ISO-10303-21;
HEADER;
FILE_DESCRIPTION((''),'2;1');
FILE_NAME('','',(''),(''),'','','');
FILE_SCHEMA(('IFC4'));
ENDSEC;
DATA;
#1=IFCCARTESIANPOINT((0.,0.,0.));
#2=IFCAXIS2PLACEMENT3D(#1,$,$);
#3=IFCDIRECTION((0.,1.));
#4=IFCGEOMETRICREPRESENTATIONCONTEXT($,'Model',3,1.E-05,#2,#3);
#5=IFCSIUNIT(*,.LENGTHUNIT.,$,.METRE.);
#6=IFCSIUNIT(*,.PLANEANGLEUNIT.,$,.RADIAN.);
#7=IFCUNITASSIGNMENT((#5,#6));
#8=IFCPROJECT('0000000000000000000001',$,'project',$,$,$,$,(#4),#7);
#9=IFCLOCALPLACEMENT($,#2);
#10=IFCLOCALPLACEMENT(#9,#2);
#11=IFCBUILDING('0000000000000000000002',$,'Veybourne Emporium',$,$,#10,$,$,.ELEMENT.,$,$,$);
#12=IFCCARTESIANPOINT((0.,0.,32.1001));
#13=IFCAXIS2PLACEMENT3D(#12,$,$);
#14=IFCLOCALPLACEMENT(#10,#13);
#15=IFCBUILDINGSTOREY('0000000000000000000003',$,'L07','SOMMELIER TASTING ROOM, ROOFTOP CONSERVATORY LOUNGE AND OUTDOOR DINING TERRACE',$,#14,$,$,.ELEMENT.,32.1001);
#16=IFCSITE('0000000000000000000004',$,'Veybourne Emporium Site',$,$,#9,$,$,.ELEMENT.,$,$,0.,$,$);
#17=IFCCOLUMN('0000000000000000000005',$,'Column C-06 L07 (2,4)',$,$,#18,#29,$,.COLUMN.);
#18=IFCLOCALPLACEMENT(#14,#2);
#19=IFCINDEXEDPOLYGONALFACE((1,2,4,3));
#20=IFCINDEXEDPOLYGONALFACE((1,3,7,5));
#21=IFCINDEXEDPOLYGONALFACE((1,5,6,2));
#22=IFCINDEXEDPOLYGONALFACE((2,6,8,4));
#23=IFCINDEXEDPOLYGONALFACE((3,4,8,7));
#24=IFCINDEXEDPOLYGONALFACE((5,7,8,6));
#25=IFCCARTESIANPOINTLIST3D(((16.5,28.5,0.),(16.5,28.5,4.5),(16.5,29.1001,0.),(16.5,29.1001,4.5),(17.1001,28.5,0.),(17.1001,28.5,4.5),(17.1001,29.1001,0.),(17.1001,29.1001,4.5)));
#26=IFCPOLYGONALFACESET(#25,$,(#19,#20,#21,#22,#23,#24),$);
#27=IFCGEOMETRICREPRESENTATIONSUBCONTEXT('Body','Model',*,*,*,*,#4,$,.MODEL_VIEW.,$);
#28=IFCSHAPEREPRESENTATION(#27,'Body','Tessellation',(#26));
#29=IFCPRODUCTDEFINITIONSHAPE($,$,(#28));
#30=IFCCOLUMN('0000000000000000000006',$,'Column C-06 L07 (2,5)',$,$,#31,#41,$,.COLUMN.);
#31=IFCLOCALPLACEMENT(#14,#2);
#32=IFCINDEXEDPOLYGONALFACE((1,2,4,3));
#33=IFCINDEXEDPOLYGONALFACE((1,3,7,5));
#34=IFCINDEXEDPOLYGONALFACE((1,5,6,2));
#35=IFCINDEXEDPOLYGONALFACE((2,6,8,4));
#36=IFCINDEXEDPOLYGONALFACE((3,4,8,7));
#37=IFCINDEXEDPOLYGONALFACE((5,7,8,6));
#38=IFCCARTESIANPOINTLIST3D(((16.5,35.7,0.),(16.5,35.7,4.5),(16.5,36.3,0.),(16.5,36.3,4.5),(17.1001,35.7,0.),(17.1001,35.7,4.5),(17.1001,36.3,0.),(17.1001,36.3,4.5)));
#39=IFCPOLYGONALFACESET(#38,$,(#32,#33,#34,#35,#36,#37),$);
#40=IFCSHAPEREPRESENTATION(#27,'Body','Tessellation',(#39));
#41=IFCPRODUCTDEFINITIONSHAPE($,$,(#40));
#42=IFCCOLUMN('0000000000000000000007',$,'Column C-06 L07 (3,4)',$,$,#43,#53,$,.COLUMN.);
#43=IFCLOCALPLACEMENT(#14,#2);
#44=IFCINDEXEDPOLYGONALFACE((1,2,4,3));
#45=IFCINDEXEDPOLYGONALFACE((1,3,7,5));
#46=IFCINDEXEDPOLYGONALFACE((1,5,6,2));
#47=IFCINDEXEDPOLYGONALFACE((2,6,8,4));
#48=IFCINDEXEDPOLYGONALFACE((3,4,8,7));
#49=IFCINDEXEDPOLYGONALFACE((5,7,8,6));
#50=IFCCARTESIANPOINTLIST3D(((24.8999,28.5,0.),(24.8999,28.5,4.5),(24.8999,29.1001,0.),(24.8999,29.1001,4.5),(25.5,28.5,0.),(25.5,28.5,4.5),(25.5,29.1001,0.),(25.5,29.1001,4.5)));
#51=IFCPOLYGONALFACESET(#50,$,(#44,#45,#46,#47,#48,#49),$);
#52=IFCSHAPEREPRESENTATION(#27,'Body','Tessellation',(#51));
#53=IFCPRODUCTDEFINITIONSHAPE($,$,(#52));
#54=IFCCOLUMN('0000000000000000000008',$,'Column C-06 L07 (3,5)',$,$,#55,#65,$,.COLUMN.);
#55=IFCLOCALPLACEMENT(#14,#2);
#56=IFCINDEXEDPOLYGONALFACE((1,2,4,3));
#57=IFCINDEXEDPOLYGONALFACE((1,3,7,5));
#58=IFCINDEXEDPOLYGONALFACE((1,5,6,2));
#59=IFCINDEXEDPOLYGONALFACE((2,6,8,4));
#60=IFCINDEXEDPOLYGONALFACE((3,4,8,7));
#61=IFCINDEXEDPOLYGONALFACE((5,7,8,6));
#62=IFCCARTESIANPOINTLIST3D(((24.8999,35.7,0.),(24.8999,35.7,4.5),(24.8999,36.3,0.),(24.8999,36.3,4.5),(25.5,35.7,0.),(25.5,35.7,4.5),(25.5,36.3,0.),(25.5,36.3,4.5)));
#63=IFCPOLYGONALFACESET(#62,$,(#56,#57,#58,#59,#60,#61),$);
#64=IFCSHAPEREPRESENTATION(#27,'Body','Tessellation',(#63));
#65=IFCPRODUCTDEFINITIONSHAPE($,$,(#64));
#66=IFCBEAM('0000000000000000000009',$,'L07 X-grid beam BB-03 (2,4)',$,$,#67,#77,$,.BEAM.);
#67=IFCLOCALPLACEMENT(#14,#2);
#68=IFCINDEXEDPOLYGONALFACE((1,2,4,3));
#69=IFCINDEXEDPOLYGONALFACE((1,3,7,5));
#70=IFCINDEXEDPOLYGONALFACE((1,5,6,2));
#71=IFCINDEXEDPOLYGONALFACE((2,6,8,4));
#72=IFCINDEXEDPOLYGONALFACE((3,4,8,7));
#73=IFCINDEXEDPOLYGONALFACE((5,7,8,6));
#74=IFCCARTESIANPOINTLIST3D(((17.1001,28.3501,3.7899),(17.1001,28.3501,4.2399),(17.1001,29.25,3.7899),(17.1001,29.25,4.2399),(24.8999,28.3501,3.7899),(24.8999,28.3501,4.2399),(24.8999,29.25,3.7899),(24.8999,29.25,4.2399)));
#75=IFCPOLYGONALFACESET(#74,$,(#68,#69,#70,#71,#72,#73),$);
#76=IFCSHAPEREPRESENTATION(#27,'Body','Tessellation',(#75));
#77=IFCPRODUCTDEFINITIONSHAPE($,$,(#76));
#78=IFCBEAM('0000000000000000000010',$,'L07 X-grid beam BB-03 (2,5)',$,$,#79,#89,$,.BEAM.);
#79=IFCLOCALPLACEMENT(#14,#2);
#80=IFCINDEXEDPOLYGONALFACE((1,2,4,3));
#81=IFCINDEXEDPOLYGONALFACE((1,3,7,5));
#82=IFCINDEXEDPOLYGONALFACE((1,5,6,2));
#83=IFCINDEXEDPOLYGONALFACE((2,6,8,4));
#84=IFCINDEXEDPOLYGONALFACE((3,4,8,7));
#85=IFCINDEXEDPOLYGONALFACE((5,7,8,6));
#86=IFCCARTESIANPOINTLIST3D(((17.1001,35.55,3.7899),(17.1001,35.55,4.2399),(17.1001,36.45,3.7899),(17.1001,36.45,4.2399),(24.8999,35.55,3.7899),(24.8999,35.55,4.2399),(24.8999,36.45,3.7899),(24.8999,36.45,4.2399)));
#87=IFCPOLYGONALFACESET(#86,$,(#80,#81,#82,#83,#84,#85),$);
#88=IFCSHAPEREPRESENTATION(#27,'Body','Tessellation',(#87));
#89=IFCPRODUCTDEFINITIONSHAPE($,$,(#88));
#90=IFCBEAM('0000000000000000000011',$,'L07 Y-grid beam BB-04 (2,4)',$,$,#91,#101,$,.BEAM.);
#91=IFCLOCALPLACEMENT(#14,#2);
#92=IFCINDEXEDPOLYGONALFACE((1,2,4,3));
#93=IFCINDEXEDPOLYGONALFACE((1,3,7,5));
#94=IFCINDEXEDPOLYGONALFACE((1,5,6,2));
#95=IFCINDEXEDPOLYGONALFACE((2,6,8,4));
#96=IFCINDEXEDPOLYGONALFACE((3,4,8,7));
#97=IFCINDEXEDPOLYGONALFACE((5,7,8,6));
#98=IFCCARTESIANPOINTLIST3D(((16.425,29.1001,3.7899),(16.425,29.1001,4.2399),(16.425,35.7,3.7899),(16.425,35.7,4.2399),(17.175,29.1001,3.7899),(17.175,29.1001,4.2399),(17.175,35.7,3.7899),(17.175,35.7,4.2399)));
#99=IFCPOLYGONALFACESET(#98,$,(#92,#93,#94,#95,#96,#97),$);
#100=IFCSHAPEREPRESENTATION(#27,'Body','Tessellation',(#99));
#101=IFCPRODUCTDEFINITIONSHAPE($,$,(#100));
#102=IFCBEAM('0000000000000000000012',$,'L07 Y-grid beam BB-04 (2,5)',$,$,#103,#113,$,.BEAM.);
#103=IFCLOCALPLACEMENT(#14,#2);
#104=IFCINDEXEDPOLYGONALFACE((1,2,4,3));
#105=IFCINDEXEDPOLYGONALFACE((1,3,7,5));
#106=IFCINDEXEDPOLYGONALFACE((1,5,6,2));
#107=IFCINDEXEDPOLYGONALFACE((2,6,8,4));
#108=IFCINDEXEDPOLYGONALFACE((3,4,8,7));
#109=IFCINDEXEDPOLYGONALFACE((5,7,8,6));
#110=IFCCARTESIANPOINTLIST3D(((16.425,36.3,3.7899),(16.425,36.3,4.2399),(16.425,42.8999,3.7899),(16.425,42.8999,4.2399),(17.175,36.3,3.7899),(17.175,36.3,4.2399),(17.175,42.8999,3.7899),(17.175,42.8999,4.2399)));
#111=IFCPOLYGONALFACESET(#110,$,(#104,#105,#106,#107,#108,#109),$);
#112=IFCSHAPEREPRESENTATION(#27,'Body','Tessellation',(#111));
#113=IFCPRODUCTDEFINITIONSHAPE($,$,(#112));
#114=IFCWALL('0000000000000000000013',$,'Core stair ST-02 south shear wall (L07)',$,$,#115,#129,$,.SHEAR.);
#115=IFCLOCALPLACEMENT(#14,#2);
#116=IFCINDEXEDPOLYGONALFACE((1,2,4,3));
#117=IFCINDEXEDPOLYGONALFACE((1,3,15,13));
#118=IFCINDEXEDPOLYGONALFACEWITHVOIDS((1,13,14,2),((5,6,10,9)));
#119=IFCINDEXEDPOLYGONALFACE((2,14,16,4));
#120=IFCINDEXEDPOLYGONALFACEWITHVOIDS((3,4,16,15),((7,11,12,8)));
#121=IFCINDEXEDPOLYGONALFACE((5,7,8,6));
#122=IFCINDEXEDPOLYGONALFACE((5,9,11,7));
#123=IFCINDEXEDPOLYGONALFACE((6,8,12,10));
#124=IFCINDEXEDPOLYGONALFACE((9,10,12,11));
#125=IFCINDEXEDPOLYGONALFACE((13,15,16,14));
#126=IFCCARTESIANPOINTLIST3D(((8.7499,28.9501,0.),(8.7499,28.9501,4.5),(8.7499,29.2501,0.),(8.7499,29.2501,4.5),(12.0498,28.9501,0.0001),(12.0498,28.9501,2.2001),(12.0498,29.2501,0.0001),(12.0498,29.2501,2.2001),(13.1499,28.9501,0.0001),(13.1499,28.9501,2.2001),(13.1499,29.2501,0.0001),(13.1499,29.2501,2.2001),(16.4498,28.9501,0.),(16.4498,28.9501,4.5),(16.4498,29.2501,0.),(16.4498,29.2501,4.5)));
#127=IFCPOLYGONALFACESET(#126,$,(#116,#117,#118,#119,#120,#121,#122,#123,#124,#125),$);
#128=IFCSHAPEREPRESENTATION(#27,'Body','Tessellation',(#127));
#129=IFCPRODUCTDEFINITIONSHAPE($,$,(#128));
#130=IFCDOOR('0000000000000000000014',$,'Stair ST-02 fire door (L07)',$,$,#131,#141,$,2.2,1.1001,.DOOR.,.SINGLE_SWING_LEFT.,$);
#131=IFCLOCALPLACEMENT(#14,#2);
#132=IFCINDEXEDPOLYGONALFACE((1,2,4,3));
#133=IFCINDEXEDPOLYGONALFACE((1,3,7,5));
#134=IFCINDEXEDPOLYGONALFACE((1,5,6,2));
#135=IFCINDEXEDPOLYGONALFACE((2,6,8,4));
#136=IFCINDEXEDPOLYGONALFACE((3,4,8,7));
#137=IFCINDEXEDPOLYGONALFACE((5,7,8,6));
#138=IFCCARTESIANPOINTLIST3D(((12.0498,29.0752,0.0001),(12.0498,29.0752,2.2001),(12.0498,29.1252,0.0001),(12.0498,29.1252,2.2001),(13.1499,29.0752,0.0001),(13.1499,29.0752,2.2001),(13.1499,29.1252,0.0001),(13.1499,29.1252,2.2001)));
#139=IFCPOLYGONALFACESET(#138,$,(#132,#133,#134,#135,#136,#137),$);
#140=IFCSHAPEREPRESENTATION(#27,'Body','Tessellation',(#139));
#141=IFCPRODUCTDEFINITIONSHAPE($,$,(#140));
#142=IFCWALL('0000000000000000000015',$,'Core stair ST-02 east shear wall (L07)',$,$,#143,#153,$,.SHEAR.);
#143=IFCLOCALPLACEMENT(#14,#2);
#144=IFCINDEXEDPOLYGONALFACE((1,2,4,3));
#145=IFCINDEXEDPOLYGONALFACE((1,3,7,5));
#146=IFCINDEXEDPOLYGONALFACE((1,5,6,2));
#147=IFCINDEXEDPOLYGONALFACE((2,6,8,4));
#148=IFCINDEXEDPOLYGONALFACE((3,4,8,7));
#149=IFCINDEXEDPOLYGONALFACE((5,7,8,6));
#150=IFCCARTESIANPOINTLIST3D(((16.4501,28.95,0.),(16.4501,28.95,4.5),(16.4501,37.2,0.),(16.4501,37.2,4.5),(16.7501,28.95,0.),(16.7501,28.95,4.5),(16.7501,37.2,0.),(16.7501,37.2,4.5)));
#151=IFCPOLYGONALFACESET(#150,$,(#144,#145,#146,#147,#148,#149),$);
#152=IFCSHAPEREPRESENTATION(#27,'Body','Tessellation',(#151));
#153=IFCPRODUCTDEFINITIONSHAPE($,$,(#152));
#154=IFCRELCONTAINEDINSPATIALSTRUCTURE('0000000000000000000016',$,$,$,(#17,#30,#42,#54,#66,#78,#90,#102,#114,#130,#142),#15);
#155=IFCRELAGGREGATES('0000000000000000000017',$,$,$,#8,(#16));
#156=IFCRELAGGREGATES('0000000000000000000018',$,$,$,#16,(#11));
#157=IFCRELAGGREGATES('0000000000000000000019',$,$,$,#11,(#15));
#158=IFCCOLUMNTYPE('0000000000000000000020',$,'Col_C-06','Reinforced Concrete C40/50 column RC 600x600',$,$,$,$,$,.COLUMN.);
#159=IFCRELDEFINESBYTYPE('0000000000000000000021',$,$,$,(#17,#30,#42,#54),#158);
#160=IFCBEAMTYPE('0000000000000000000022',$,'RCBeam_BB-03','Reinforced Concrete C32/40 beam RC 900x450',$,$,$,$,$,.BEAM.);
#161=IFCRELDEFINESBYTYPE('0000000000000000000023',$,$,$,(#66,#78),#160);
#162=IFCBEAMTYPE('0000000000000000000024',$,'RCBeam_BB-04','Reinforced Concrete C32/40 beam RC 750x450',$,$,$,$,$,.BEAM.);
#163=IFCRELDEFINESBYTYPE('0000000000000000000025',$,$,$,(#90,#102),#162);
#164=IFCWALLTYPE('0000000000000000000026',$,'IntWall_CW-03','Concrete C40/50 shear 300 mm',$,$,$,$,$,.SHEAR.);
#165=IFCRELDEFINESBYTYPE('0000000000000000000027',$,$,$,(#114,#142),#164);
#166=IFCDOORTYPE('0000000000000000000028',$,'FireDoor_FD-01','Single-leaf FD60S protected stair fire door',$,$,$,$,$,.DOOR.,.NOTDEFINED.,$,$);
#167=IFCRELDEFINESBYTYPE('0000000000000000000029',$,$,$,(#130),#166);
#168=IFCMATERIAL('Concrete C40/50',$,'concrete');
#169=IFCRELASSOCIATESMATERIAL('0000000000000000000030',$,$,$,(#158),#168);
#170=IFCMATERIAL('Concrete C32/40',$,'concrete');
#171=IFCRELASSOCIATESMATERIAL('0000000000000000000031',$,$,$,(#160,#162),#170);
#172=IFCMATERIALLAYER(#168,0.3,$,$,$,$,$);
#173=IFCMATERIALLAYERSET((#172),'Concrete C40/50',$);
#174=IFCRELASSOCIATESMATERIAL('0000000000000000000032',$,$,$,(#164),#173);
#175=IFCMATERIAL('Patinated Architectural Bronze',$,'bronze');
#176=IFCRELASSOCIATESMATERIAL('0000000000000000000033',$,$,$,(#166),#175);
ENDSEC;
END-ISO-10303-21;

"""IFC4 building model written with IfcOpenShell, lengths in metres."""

from ifc_helpers import new_model, si_unit, direction, frame, frame_2d, origin, origin_2d, place, context, subcontext, project, spatial, rectangle, extrude, material, layer, layer_set, material_profile, profile_set, type_object, element, fill, save


model = new_model("IFC4")

# Units and contexts
model_context = context("Model", 3, precision=1e-05, world=origin(), true_north=direction((0.0, 1.0)))
body_context = subcontext(model_context, "Body", "Model", "MODEL_VIEW")
ifc_project = project(units=[si_unit("LENGTHUNIT", "METRE"), si_unit("PLANEANGLEUNIT", "RADIAN")], contexts=[model_context])

# Site, building, storey
site_placement = place(None, origin())
site = spatial("IfcSite", under=ifc_project, at=site_placement, Name="Veybourne Emporium Site", CompositionType="ELEMENT", RefElevation=0.0)
building_placement = place(site_placement, origin())
building = spatial("IfcBuilding", under=site, at=building_placement, Name="Veybourne Emporium", CompositionType="ELEMENT")
storey_placement = place(building_placement, frame((0.0, 0.0, 32.1001)))
storey = spatial("IfcBuildingStorey", under=building, at=storey_placement, Name="L07", Description="SOMMELIER TASTING ROOM, ROOFTOP CONSERVATORY LOUNGE AND OUTDOOR DINING TERRACE", CompositionType="ELEMENT", Elevation=32.1001)

# Columns
ifc_material_1 = material(Name="Concrete C40/50", Category="concrete")
ifc_material_profile_1 = material_profile(ifc_material_1, rectangle(XDim=0.6001, YDim=0.6001, at=origin_2d()), Name="RC 600x600")
ifc_profile_set_1 = profile_set([ifc_material_profile_1], Name="Concrete C40/50")
column_type = type_object("IfcColumnType", Name="Col_C-06", Description="Reinforced Concrete C40/50 column RC 600x600", PredefinedType="COLUMN", material=ifc_profile_set_1)
for number, where, z_axis, x_axis, name in (
    (1, (16.8, 28.8, 0.0), (0.0, 0.0, 1.0), (1.0, 0.0, 0.0), "Column C-06 L07 (2,4)"),
    (2, (16.8, 36.0, 0.0), (0.0, 0.0, 1.0), (1.0, 0.0, 0.0), "Column C-06 L07 (2,5)"),
    (3, (25.2, 28.8, 0.0), (0.0, 0.0, 1.0), (1.0, 0.0, 0.0), "Column C-06 L07 (3,4)"),
    (4, (25.2, 36.0, 0.0), (0.0, 0.0, 1.0), (1.0, 0.0, 0.0), "Column C-06 L07 (3,5)"),
):
    element("IfcColumn", number, at=place(storey_placement, frame(where, z_axis=z_axis, x_axis=x_axis)), inside=storey, type_object=column_type, Name=name, PredefinedType="COLUMN", context=body_context, shape_type="SweptSolid", body=[
        extrude(rectangle(XDim=0.6001, YDim=0.6001, at=origin_2d()), origin(), (0.0, 0.0, 1.0), 4.5),
    ])

# Beams
ifc_material_2 = material(Name="Concrete C32/40", Category="concrete")
ifc_material_profile_2 = material_profile(ifc_material_2, rectangle(XDim=0.8999, YDim=0.45, at=origin_2d()), Name="RC 900x450")
ifc_profile_set_2 = profile_set([ifc_material_profile_2], Name="Concrete C32/40")
beam_type_1 = type_object("IfcBeamType", Name="RCBeam_BB-03", Description="Reinforced Concrete C32/40 beam RC 900x450", PredefinedType="BEAM", material=ifc_profile_set_2)
for number, where, z_axis, x_axis, name in (
    (5, (17.1001, 28.8, 4.0149), (1.0, 0.0, 0.0), (0.0, 1.0, 0.0), "L07 X-grid beam BB-03 (2,4)"),
    (6, (17.1001, 36.0, 4.0149), (1.0, 0.0, 0.0), (0.0, 1.0, 0.0), "L07 X-grid beam BB-03 (2,5)"),
):
    element("IfcBeam", number, at=place(storey_placement, frame(where, z_axis=z_axis, x_axis=x_axis)), inside=storey, type_object=beam_type_1, Name=name, PredefinedType="BEAM", context=body_context, shape_type="SweptSolid", body=[
        extrude(rectangle(XDim=0.8999, YDim=0.45, at=origin_2d()), origin(), (0.0, 0.0, 1.0), 7.7998),
    ])
ifc_material_profile_3 = material_profile(ifc_material_2, rectangle(XDim=0.75, YDim=0.45, at=origin_2d()), Name="RC 750x450")
ifc_profile_set_3 = profile_set([ifc_material_profile_3], Name="Concrete C32/40")
beam_type_2 = type_object("IfcBeamType", Name="RCBeam_BB-04", Description="Reinforced Concrete C32/40 beam RC 750x450", PredefinedType="BEAM", material=ifc_profile_set_3)
for number, where, z_axis, x_axis, name in (
    (7, (16.8, 29.1001, 4.0149), (0.0, 1.0, 0.0), (-1.0, 0.0, 0.0), "L07 Y-grid beam BB-04 (2,4)"),
    (8, (16.8, 36.3, 4.0149), (0.0, 1.0, 0.0), (-1.0, 0.0, 0.0), "L07 Y-grid beam BB-04 (2,5)"),
):
    element("IfcBeam", number, at=place(storey_placement, frame(where, z_axis=z_axis, x_axis=x_axis)), inside=storey, type_object=beam_type_2, Name=name, PredefinedType="BEAM", context=body_context, shape_type="SweptSolid", body=[
        extrude(rectangle(XDim=0.75, YDim=0.45, at=origin_2d()), origin(), (0.0, 0.0, 1.0), 6.5999),
    ])

# Wall, opening, door
ifc_layer_1 = layer(ifc_material_1, 0.3)
ifc_layer_set_1 = layer_set([ifc_layer_1], Name="Concrete C40/50")
wall_type_1 = type_object("IfcWallType", Name="IntWall_CW-03", Description="Concrete C40/50 shear 300 mm", PredefinedType="SHEAR", material=ifc_layer_set_1)
wall_1_placement = place(storey_placement, frame((16.45, 29.1001, 0.0), z_axis=(0.0, 0.0, 1.0), x_axis=(-1.0, 0.0, 0.0)))
wall_1 = element("IfcWall", 9, at=wall_1_placement, inside=storey, type_object=wall_type_1, Name="Core stair ST-02 south shear wall (L07)", PredefinedType="SHEAR", context=body_context, shape_type="SweptSolid", body=[
    extrude(rectangle(XDim=7.7, YDim=0.3, at=frame_2d((3.8501, 0.0))), origin(), (0.0, 0.0, 1.0), 4.5),
])
opening_1_placement = place(wall_1_placement, frame((3.3, 0.0, 0.0)))
opening_1 = element("IfcOpeningElement", 10, at=opening_1_placement, cuts=wall_1, PredefinedType="OPENING", context=body_context, shape_type="SweptSolid", body=[
    extrude(rectangle(XDim=1.1001, YDim=2.2, at=frame_2d((0.55, 1.1001))), frame((0.0, 0.1699, 0.0), z_axis=(0.0, -1.0, 0.0), x_axis=(1.0, 0.0, 0.0)), (0.0, 0.0, 1.0), 0.3401),
])
ifc_material_3 = material(Name="Patinated Architectural Bronze", Category="bronze")
door_type_1 = type_object("IfcDoorType", Name="FireDoor_FD-01", Description="Single-leaf FD60S protected stair fire door", OperationType="NOTDEFINED", PredefinedType="DOOR", material=ifc_material_3)
door_1_placement = place(opening_1_placement, origin())
door_1 = element("IfcDoor", 11, at=door_1_placement, inside=storey, type_object=door_type_1, Name="Stair ST-02 fire door (L07)", OperationType="SINGLE_SWING_LEFT", OverallHeight=2.2, OverallWidth=1.1001, PredefinedType="DOOR", context=body_context, shape_type="SweptSolid", body=[
    extrude(rectangle(XDim=1.1001, YDim=2.2, at=frame_2d((0.55, 1.1001))), frame((0.0, 0.0249, 0.0), z_axis=(0.0, -1.0, 0.0), x_axis=(1.0, 0.0, 0.0)), (0.0, 0.0, 1.0), 0.05),
])
fill(opening_1, door_1)

# Wall
wall_2_placement = place(storey_placement, frame((16.6001, 28.95, 0.0), z_axis=(0.0, 0.0, 1.0), x_axis=(0.0, 1.0, 0.0)))
element("IfcWall", 12, at=wall_2_placement, inside=storey, type_object=wall_type_1, Name="Core stair ST-02 east shear wall (L07)", PredefinedType="SHEAR", context=body_context, shape_type="SweptSolid", body=[
    extrude(rectangle(XDim=8.25, YDim=0.3, at=frame_2d((4.125, 0.0))), origin(), (0.0, 0.0, 1.0), 4.5),
])

save(model, "model.ifc")
